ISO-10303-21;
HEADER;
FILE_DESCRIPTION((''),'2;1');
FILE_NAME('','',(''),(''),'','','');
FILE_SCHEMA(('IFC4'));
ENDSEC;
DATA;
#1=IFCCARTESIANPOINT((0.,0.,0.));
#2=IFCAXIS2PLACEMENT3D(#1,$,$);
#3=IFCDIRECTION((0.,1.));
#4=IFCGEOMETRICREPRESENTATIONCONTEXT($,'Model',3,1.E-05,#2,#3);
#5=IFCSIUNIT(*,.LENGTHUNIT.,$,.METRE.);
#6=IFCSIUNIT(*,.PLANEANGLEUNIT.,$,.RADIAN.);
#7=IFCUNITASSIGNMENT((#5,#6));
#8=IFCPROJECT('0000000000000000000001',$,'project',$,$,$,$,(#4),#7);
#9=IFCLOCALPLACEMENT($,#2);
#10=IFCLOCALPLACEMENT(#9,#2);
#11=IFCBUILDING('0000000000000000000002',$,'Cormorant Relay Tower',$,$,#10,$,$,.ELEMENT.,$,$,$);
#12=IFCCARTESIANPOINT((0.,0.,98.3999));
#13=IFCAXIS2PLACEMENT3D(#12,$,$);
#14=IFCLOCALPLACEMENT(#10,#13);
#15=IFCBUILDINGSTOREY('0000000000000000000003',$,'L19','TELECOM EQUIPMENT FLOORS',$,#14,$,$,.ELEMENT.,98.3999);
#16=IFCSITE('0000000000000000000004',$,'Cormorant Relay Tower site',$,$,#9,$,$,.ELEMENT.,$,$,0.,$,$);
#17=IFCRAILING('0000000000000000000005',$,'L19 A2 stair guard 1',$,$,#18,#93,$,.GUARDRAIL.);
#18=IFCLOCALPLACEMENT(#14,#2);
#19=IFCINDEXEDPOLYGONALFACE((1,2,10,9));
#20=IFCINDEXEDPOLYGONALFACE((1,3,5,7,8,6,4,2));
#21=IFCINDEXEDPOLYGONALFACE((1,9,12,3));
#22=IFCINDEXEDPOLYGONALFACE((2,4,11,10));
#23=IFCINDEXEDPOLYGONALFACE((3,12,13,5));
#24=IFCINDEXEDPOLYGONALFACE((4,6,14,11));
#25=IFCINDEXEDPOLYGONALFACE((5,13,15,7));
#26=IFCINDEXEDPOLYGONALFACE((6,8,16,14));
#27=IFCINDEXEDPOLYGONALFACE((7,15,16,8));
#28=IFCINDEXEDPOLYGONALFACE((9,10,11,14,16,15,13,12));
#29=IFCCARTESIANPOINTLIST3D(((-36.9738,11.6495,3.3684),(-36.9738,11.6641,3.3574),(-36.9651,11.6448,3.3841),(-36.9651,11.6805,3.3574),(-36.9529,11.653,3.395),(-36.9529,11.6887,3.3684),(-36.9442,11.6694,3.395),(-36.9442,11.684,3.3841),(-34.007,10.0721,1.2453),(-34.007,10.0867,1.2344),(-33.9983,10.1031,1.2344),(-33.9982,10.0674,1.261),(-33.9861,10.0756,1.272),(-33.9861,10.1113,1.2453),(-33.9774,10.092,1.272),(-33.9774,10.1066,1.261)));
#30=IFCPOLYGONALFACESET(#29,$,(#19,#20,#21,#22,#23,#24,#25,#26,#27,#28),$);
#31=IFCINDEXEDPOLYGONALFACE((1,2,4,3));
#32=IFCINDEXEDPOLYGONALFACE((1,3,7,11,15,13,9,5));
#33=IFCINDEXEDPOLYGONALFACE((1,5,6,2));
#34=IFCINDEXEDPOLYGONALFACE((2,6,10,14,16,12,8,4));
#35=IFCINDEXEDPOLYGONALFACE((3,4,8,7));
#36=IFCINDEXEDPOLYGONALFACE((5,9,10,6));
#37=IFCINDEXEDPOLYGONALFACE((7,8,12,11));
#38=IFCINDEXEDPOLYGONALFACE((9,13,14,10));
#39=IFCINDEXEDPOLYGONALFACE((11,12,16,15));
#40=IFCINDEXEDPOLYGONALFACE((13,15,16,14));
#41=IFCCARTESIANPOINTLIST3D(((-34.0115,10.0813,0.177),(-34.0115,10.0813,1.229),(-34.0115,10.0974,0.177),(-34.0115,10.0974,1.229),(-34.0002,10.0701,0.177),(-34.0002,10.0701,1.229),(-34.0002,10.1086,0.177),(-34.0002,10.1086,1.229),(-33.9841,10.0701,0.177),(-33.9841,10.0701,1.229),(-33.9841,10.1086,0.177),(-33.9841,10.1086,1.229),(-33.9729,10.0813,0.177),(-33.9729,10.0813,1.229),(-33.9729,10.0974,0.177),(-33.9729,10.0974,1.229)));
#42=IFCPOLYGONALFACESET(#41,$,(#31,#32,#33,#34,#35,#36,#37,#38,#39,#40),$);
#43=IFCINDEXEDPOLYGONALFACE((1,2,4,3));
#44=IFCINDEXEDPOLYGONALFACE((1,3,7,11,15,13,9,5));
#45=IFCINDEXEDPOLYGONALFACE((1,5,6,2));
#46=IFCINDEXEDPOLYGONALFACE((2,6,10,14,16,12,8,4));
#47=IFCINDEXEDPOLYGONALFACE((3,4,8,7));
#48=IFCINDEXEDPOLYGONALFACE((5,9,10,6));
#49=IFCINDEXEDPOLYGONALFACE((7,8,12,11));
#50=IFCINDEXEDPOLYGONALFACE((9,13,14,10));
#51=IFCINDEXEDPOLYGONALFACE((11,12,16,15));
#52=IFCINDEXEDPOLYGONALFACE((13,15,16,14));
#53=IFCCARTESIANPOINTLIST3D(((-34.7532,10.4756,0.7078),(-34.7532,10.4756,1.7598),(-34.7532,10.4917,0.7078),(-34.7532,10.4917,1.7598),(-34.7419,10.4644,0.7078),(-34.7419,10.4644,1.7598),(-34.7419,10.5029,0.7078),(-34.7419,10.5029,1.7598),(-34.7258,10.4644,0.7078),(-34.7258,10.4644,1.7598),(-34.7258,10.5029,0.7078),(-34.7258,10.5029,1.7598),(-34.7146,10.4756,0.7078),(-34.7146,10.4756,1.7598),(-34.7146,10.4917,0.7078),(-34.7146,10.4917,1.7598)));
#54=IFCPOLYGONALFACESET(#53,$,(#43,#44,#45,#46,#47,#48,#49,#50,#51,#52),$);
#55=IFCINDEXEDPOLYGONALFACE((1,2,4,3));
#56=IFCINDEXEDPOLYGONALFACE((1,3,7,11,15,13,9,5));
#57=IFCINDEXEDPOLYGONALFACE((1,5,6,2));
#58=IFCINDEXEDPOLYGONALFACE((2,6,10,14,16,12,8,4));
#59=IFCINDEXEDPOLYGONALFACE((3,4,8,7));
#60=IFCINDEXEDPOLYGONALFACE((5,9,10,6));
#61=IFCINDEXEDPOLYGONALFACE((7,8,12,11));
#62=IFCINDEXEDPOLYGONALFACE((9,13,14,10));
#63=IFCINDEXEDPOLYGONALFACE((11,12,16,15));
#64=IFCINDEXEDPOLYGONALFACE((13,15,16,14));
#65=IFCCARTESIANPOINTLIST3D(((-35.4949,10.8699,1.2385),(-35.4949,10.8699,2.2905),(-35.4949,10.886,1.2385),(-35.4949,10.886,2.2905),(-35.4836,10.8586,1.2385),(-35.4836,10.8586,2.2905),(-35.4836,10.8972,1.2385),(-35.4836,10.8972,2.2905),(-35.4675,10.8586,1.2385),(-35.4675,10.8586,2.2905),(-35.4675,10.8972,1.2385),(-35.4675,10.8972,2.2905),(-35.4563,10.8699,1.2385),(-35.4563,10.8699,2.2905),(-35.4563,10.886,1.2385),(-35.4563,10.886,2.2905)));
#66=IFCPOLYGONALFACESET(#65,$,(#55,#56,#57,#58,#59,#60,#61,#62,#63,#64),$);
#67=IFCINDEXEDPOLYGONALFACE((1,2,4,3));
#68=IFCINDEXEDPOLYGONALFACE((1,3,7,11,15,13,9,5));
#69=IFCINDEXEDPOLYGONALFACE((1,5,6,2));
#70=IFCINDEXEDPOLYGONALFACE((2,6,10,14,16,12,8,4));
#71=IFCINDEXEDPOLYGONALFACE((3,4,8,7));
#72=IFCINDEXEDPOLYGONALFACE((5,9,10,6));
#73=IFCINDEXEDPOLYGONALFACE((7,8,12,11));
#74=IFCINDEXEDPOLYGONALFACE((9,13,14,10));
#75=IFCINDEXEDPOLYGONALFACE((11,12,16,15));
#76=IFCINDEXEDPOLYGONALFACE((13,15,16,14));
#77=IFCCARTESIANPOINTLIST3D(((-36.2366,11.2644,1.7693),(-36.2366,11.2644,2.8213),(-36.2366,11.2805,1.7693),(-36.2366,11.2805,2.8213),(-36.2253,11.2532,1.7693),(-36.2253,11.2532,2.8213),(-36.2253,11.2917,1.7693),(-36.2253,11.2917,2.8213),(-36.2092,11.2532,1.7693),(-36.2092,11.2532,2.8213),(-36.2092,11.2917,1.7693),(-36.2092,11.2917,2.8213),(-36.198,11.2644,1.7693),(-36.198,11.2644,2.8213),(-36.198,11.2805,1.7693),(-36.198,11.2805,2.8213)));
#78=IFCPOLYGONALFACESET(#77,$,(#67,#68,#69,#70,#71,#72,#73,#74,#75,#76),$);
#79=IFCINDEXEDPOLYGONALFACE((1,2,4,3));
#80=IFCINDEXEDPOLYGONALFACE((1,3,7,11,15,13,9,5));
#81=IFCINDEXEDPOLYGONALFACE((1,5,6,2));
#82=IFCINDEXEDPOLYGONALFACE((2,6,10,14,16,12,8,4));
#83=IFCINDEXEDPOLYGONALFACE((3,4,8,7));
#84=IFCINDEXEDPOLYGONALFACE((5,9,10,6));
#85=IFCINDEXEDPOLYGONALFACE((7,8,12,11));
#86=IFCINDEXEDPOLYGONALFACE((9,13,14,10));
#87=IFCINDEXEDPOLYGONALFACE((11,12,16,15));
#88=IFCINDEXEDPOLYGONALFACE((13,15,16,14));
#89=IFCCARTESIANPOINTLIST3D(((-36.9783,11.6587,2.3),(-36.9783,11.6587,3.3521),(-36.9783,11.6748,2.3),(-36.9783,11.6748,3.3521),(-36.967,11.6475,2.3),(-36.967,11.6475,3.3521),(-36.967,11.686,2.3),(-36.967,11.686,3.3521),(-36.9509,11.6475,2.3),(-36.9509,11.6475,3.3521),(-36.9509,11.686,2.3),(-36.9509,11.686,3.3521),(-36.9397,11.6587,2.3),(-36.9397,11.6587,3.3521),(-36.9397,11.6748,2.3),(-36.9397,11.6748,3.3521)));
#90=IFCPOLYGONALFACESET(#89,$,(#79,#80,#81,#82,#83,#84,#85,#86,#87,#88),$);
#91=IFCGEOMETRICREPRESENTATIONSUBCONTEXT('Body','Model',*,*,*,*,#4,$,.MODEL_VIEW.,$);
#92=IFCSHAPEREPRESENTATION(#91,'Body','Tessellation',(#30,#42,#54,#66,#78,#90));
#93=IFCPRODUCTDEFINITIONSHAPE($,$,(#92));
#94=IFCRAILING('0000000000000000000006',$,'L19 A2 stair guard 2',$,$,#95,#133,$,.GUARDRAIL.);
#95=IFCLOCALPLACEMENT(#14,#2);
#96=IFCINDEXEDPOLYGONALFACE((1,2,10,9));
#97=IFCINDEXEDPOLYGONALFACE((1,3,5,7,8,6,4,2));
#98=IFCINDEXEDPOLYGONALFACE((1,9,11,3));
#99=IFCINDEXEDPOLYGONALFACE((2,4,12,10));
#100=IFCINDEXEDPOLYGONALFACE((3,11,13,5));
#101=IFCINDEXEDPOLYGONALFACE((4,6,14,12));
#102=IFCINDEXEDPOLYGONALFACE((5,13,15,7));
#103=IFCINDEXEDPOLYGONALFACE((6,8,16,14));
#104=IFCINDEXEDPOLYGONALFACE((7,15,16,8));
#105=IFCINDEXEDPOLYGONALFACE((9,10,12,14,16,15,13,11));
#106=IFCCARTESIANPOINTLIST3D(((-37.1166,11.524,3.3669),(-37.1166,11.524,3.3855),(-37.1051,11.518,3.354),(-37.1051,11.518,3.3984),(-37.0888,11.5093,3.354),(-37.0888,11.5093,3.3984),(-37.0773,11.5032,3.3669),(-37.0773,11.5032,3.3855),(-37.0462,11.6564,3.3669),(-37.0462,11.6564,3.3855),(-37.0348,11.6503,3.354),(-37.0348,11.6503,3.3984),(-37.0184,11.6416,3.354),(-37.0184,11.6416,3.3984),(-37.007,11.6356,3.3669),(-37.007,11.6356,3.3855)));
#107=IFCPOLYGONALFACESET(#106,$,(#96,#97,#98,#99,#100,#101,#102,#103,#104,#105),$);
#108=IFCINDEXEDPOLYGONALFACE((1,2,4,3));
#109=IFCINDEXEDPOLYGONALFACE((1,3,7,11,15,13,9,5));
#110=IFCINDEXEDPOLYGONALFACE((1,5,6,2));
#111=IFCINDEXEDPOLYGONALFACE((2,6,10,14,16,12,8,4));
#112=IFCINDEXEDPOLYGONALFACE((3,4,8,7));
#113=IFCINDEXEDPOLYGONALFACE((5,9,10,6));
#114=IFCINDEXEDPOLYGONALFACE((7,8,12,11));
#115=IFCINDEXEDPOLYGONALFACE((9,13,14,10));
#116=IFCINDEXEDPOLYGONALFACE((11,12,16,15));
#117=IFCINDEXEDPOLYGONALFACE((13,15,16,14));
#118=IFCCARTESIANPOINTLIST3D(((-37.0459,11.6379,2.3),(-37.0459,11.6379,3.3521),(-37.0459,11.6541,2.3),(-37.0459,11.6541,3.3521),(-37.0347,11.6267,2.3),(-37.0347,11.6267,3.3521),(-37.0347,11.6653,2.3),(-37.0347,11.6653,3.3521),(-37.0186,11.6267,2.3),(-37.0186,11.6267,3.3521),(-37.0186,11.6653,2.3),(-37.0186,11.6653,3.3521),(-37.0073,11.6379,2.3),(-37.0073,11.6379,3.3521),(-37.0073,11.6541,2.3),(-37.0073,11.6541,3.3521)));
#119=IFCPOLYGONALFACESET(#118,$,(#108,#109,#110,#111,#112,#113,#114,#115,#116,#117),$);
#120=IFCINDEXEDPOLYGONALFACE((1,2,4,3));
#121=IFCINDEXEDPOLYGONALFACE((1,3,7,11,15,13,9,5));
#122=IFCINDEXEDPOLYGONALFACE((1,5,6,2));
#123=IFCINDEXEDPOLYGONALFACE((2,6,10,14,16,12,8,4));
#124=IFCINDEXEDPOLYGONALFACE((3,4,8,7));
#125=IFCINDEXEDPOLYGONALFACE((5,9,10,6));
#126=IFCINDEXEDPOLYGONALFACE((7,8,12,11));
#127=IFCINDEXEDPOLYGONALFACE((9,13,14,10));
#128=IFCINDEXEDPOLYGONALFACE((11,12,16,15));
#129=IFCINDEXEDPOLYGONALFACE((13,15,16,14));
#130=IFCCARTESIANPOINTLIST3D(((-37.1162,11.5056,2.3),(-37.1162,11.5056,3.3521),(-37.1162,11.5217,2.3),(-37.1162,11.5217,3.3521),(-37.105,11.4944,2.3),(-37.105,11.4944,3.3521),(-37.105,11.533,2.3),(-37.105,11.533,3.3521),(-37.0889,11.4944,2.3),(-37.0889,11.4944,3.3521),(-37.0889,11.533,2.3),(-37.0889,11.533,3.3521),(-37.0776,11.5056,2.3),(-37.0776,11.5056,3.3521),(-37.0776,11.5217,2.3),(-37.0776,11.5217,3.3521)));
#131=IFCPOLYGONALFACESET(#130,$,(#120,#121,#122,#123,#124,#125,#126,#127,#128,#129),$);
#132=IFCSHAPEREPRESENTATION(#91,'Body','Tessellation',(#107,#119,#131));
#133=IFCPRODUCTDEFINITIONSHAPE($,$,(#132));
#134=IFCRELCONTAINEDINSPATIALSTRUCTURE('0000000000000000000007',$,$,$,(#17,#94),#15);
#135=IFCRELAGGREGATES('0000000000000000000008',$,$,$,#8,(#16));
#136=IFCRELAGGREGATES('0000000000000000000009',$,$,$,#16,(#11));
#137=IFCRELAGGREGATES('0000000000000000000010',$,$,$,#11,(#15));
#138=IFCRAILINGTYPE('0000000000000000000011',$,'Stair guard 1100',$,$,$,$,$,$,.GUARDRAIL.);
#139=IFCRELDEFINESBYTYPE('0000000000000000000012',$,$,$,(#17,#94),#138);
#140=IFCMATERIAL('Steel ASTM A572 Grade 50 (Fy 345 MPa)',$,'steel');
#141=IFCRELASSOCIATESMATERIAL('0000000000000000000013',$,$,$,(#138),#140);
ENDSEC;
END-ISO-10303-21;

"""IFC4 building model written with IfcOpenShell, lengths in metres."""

from ifc_helpers import new_model, si_unit, direction, frame, origin, place, context, subcontext, project, spatial, polyline, outline, extrude, material, type_object, element, save


model = new_model("IFC4")

# Units and contexts
model_context = context("Model", 3, precision=1e-05, world=origin(), true_north=direction((0.0, 1.0)))
body_context = subcontext(model_context, "Body", "Model", "MODEL_VIEW")
ifc_project = project(units=[si_unit("LENGTHUNIT", "METRE"), si_unit("PLANEANGLEUNIT", "RADIAN")], contexts=[model_context])

# Site, building, storey
site_placement = place(None, origin())
site = spatial("IfcSite", under=ifc_project, at=site_placement, Name="Cormorant Relay Tower site", CompositionType="ELEMENT", RefElevation=0.0)
building_placement = place(site_placement, origin())
building = spatial("IfcBuilding", under=site, at=building_placement, Name="Cormorant Relay Tower", CompositionType="ELEMENT")
storey_placement = place(building_placement, frame((0.0, 0.0, 98.3999)))
storey = spatial("IfcBuildingStorey", under=building, at=storey_placement, Name="L19", Description="TELECOM EQUIPMENT FLOORS", CompositionType="ELEMENT", Elevation=98.3999)

# Railings
ifc_material_1 = material(Name="Steel ASTM A572 Grade 50 (Fy 345 MPa)", Category="steel")
railing_type_1 = type_object("IfcRailingType", Name="Stair guard 1100", PredefinedType="GUARDRAIL", material=ifc_material_1)
railing_1_placement = place(storey_placement, frame((-33.9922, 10.0894, 0.177)))
element("IfcRailing", 1, at=railing_1_placement, inside=storey, type_object=railing_type_1, Name="L19 A2 stair guard 1", PredefinedType="GUARDRAIL", context=body_context, shape_type="SweptSolid", body=[
    extrude(outline(polyline([(0.0222, 0.0093), (0.0093, 0.0222), (-0.0093, 0.0222), (-0.0222, 0.0093), (-0.0222, -0.0093), (-0.0093, -0.0222), (0.0093, -0.0222), (0.0222, -0.0093), (0.0222, 0.0093)])), frame((0.0, 0.0, 1.0762), z_axis=(-0.746441, 0.396869, 0.534155), x_axis=(-0.469453, -0.882958, 0.0)), (0.0, 0.0, 1.0), 3.9746),
    extrude(outline(polyline([(0.0193, 0.0081), (0.0081, 0.0193), (-0.0081, 0.0193), (-0.0193, 0.0081), (-0.0193, -0.0081), (-0.0081, -0.0193), (0.0081, -0.0193), (0.0193, -0.0081), (0.0193, 0.0081)])), origin(), (0.0, 0.0, 1.0), 1.052),
    extrude(outline(polyline([(0.0193, 0.0081), (0.0081, 0.0193), (-0.0081, 0.0193), (-0.0193, 0.0081), (-0.0193, -0.0081), (-0.0081, -0.0193), (0.0081, -0.0193), (0.0193, -0.0081), (0.0193, 0.0081)])), frame((-0.7417, 0.3943, 0.5308)), (0.0, 0.0, 1.0), 1.052),
    extrude(outline(polyline([(0.0193, 0.0081), (0.0081, 0.0193), (-0.0081, 0.0193), (-0.0193, 0.0081), (-0.0193, -0.0081), (-0.0081, -0.0193), (0.0081, -0.0193), (0.0193, -0.0081), (0.0193, 0.0081)])), frame((-1.4834, 0.7886, 1.0615)), (0.0, 0.0, 1.0), 1.052),
    extrude(outline(polyline([(0.0193, 0.0081), (0.0081, 0.0193), (-0.0081, 0.0193), (-0.0193, 0.0081), (-0.0193, -0.0081), (-0.0081, -0.0193), (0.0081, -0.0193), (0.0193, -0.0081), (0.0193, 0.0081)])), frame((-2.2251, 1.1831, 1.5923)), (0.0, 0.0, 1.0), 1.052),
    extrude(outline(polyline([(0.0193, 0.0081), (0.0081, 0.0193), (-0.0081, 0.0193), (-0.0193, 0.0081), (-0.0193, -0.0081), (-0.0081, -0.0193), (0.0081, -0.0193), (0.0193, -0.0081), (0.0193, 0.0081)])), frame((-2.9668, 1.5774, 2.123)), (0.0, 0.0, 1.0), 1.052),
])
railing_2_placement = place(storey_placement, frame((-37.0266, 11.646, 2.3)))
element("IfcRailing", 2, at=railing_2_placement, inside=storey, type_object=railing_type_1, Name="L19 A2 stair guard 2", PredefinedType="GUARDRAIL", context=body_context, shape_type="SweptSolid", body=[
    extrude(outline(polyline([(0.0222, 0.0093), (0.0093, 0.0222), (-0.0093, 0.0222), (-0.0222, 0.0093), (-0.0222, -0.0093), (-0.0093, -0.0222), (0.0093, -0.0222), (0.0222, -0.0093), (0.0222, 0.0093)])), frame((0.0, 0.0, 1.0762), z_axis=(-0.469235, -0.883074, 0.0), x_axis=(0.883074, -0.469235, 0.0)), (0.0, 0.0, 1.0), 0.1499),
    extrude(outline(polyline([(0.0193, 0.0081), (0.0081, 0.0193), (-0.0081, 0.0193), (-0.0193, 0.0081), (-0.0193, -0.0081), (-0.0081, -0.0193), (0.0081, -0.0193), (0.0193, -0.0081), (0.0193, 0.0081)])), origin(), (0.0, 0.0, 1.0), 1.052),
    extrude(outline(polyline([(0.0193, 0.0081), (0.0081, 0.0193), (-0.0081, 0.0193), (-0.0193, 0.0081), (-0.0193, -0.0081), (-0.0081, -0.0193), (0.0081, -0.0193), (0.0193, -0.0081), (0.0193, 0.0081)])), frame((-0.0703, -0.1323, 0.0)), (0.0, 0.0, 1.0), 1.052),
])

save(model, "model.ifc")
